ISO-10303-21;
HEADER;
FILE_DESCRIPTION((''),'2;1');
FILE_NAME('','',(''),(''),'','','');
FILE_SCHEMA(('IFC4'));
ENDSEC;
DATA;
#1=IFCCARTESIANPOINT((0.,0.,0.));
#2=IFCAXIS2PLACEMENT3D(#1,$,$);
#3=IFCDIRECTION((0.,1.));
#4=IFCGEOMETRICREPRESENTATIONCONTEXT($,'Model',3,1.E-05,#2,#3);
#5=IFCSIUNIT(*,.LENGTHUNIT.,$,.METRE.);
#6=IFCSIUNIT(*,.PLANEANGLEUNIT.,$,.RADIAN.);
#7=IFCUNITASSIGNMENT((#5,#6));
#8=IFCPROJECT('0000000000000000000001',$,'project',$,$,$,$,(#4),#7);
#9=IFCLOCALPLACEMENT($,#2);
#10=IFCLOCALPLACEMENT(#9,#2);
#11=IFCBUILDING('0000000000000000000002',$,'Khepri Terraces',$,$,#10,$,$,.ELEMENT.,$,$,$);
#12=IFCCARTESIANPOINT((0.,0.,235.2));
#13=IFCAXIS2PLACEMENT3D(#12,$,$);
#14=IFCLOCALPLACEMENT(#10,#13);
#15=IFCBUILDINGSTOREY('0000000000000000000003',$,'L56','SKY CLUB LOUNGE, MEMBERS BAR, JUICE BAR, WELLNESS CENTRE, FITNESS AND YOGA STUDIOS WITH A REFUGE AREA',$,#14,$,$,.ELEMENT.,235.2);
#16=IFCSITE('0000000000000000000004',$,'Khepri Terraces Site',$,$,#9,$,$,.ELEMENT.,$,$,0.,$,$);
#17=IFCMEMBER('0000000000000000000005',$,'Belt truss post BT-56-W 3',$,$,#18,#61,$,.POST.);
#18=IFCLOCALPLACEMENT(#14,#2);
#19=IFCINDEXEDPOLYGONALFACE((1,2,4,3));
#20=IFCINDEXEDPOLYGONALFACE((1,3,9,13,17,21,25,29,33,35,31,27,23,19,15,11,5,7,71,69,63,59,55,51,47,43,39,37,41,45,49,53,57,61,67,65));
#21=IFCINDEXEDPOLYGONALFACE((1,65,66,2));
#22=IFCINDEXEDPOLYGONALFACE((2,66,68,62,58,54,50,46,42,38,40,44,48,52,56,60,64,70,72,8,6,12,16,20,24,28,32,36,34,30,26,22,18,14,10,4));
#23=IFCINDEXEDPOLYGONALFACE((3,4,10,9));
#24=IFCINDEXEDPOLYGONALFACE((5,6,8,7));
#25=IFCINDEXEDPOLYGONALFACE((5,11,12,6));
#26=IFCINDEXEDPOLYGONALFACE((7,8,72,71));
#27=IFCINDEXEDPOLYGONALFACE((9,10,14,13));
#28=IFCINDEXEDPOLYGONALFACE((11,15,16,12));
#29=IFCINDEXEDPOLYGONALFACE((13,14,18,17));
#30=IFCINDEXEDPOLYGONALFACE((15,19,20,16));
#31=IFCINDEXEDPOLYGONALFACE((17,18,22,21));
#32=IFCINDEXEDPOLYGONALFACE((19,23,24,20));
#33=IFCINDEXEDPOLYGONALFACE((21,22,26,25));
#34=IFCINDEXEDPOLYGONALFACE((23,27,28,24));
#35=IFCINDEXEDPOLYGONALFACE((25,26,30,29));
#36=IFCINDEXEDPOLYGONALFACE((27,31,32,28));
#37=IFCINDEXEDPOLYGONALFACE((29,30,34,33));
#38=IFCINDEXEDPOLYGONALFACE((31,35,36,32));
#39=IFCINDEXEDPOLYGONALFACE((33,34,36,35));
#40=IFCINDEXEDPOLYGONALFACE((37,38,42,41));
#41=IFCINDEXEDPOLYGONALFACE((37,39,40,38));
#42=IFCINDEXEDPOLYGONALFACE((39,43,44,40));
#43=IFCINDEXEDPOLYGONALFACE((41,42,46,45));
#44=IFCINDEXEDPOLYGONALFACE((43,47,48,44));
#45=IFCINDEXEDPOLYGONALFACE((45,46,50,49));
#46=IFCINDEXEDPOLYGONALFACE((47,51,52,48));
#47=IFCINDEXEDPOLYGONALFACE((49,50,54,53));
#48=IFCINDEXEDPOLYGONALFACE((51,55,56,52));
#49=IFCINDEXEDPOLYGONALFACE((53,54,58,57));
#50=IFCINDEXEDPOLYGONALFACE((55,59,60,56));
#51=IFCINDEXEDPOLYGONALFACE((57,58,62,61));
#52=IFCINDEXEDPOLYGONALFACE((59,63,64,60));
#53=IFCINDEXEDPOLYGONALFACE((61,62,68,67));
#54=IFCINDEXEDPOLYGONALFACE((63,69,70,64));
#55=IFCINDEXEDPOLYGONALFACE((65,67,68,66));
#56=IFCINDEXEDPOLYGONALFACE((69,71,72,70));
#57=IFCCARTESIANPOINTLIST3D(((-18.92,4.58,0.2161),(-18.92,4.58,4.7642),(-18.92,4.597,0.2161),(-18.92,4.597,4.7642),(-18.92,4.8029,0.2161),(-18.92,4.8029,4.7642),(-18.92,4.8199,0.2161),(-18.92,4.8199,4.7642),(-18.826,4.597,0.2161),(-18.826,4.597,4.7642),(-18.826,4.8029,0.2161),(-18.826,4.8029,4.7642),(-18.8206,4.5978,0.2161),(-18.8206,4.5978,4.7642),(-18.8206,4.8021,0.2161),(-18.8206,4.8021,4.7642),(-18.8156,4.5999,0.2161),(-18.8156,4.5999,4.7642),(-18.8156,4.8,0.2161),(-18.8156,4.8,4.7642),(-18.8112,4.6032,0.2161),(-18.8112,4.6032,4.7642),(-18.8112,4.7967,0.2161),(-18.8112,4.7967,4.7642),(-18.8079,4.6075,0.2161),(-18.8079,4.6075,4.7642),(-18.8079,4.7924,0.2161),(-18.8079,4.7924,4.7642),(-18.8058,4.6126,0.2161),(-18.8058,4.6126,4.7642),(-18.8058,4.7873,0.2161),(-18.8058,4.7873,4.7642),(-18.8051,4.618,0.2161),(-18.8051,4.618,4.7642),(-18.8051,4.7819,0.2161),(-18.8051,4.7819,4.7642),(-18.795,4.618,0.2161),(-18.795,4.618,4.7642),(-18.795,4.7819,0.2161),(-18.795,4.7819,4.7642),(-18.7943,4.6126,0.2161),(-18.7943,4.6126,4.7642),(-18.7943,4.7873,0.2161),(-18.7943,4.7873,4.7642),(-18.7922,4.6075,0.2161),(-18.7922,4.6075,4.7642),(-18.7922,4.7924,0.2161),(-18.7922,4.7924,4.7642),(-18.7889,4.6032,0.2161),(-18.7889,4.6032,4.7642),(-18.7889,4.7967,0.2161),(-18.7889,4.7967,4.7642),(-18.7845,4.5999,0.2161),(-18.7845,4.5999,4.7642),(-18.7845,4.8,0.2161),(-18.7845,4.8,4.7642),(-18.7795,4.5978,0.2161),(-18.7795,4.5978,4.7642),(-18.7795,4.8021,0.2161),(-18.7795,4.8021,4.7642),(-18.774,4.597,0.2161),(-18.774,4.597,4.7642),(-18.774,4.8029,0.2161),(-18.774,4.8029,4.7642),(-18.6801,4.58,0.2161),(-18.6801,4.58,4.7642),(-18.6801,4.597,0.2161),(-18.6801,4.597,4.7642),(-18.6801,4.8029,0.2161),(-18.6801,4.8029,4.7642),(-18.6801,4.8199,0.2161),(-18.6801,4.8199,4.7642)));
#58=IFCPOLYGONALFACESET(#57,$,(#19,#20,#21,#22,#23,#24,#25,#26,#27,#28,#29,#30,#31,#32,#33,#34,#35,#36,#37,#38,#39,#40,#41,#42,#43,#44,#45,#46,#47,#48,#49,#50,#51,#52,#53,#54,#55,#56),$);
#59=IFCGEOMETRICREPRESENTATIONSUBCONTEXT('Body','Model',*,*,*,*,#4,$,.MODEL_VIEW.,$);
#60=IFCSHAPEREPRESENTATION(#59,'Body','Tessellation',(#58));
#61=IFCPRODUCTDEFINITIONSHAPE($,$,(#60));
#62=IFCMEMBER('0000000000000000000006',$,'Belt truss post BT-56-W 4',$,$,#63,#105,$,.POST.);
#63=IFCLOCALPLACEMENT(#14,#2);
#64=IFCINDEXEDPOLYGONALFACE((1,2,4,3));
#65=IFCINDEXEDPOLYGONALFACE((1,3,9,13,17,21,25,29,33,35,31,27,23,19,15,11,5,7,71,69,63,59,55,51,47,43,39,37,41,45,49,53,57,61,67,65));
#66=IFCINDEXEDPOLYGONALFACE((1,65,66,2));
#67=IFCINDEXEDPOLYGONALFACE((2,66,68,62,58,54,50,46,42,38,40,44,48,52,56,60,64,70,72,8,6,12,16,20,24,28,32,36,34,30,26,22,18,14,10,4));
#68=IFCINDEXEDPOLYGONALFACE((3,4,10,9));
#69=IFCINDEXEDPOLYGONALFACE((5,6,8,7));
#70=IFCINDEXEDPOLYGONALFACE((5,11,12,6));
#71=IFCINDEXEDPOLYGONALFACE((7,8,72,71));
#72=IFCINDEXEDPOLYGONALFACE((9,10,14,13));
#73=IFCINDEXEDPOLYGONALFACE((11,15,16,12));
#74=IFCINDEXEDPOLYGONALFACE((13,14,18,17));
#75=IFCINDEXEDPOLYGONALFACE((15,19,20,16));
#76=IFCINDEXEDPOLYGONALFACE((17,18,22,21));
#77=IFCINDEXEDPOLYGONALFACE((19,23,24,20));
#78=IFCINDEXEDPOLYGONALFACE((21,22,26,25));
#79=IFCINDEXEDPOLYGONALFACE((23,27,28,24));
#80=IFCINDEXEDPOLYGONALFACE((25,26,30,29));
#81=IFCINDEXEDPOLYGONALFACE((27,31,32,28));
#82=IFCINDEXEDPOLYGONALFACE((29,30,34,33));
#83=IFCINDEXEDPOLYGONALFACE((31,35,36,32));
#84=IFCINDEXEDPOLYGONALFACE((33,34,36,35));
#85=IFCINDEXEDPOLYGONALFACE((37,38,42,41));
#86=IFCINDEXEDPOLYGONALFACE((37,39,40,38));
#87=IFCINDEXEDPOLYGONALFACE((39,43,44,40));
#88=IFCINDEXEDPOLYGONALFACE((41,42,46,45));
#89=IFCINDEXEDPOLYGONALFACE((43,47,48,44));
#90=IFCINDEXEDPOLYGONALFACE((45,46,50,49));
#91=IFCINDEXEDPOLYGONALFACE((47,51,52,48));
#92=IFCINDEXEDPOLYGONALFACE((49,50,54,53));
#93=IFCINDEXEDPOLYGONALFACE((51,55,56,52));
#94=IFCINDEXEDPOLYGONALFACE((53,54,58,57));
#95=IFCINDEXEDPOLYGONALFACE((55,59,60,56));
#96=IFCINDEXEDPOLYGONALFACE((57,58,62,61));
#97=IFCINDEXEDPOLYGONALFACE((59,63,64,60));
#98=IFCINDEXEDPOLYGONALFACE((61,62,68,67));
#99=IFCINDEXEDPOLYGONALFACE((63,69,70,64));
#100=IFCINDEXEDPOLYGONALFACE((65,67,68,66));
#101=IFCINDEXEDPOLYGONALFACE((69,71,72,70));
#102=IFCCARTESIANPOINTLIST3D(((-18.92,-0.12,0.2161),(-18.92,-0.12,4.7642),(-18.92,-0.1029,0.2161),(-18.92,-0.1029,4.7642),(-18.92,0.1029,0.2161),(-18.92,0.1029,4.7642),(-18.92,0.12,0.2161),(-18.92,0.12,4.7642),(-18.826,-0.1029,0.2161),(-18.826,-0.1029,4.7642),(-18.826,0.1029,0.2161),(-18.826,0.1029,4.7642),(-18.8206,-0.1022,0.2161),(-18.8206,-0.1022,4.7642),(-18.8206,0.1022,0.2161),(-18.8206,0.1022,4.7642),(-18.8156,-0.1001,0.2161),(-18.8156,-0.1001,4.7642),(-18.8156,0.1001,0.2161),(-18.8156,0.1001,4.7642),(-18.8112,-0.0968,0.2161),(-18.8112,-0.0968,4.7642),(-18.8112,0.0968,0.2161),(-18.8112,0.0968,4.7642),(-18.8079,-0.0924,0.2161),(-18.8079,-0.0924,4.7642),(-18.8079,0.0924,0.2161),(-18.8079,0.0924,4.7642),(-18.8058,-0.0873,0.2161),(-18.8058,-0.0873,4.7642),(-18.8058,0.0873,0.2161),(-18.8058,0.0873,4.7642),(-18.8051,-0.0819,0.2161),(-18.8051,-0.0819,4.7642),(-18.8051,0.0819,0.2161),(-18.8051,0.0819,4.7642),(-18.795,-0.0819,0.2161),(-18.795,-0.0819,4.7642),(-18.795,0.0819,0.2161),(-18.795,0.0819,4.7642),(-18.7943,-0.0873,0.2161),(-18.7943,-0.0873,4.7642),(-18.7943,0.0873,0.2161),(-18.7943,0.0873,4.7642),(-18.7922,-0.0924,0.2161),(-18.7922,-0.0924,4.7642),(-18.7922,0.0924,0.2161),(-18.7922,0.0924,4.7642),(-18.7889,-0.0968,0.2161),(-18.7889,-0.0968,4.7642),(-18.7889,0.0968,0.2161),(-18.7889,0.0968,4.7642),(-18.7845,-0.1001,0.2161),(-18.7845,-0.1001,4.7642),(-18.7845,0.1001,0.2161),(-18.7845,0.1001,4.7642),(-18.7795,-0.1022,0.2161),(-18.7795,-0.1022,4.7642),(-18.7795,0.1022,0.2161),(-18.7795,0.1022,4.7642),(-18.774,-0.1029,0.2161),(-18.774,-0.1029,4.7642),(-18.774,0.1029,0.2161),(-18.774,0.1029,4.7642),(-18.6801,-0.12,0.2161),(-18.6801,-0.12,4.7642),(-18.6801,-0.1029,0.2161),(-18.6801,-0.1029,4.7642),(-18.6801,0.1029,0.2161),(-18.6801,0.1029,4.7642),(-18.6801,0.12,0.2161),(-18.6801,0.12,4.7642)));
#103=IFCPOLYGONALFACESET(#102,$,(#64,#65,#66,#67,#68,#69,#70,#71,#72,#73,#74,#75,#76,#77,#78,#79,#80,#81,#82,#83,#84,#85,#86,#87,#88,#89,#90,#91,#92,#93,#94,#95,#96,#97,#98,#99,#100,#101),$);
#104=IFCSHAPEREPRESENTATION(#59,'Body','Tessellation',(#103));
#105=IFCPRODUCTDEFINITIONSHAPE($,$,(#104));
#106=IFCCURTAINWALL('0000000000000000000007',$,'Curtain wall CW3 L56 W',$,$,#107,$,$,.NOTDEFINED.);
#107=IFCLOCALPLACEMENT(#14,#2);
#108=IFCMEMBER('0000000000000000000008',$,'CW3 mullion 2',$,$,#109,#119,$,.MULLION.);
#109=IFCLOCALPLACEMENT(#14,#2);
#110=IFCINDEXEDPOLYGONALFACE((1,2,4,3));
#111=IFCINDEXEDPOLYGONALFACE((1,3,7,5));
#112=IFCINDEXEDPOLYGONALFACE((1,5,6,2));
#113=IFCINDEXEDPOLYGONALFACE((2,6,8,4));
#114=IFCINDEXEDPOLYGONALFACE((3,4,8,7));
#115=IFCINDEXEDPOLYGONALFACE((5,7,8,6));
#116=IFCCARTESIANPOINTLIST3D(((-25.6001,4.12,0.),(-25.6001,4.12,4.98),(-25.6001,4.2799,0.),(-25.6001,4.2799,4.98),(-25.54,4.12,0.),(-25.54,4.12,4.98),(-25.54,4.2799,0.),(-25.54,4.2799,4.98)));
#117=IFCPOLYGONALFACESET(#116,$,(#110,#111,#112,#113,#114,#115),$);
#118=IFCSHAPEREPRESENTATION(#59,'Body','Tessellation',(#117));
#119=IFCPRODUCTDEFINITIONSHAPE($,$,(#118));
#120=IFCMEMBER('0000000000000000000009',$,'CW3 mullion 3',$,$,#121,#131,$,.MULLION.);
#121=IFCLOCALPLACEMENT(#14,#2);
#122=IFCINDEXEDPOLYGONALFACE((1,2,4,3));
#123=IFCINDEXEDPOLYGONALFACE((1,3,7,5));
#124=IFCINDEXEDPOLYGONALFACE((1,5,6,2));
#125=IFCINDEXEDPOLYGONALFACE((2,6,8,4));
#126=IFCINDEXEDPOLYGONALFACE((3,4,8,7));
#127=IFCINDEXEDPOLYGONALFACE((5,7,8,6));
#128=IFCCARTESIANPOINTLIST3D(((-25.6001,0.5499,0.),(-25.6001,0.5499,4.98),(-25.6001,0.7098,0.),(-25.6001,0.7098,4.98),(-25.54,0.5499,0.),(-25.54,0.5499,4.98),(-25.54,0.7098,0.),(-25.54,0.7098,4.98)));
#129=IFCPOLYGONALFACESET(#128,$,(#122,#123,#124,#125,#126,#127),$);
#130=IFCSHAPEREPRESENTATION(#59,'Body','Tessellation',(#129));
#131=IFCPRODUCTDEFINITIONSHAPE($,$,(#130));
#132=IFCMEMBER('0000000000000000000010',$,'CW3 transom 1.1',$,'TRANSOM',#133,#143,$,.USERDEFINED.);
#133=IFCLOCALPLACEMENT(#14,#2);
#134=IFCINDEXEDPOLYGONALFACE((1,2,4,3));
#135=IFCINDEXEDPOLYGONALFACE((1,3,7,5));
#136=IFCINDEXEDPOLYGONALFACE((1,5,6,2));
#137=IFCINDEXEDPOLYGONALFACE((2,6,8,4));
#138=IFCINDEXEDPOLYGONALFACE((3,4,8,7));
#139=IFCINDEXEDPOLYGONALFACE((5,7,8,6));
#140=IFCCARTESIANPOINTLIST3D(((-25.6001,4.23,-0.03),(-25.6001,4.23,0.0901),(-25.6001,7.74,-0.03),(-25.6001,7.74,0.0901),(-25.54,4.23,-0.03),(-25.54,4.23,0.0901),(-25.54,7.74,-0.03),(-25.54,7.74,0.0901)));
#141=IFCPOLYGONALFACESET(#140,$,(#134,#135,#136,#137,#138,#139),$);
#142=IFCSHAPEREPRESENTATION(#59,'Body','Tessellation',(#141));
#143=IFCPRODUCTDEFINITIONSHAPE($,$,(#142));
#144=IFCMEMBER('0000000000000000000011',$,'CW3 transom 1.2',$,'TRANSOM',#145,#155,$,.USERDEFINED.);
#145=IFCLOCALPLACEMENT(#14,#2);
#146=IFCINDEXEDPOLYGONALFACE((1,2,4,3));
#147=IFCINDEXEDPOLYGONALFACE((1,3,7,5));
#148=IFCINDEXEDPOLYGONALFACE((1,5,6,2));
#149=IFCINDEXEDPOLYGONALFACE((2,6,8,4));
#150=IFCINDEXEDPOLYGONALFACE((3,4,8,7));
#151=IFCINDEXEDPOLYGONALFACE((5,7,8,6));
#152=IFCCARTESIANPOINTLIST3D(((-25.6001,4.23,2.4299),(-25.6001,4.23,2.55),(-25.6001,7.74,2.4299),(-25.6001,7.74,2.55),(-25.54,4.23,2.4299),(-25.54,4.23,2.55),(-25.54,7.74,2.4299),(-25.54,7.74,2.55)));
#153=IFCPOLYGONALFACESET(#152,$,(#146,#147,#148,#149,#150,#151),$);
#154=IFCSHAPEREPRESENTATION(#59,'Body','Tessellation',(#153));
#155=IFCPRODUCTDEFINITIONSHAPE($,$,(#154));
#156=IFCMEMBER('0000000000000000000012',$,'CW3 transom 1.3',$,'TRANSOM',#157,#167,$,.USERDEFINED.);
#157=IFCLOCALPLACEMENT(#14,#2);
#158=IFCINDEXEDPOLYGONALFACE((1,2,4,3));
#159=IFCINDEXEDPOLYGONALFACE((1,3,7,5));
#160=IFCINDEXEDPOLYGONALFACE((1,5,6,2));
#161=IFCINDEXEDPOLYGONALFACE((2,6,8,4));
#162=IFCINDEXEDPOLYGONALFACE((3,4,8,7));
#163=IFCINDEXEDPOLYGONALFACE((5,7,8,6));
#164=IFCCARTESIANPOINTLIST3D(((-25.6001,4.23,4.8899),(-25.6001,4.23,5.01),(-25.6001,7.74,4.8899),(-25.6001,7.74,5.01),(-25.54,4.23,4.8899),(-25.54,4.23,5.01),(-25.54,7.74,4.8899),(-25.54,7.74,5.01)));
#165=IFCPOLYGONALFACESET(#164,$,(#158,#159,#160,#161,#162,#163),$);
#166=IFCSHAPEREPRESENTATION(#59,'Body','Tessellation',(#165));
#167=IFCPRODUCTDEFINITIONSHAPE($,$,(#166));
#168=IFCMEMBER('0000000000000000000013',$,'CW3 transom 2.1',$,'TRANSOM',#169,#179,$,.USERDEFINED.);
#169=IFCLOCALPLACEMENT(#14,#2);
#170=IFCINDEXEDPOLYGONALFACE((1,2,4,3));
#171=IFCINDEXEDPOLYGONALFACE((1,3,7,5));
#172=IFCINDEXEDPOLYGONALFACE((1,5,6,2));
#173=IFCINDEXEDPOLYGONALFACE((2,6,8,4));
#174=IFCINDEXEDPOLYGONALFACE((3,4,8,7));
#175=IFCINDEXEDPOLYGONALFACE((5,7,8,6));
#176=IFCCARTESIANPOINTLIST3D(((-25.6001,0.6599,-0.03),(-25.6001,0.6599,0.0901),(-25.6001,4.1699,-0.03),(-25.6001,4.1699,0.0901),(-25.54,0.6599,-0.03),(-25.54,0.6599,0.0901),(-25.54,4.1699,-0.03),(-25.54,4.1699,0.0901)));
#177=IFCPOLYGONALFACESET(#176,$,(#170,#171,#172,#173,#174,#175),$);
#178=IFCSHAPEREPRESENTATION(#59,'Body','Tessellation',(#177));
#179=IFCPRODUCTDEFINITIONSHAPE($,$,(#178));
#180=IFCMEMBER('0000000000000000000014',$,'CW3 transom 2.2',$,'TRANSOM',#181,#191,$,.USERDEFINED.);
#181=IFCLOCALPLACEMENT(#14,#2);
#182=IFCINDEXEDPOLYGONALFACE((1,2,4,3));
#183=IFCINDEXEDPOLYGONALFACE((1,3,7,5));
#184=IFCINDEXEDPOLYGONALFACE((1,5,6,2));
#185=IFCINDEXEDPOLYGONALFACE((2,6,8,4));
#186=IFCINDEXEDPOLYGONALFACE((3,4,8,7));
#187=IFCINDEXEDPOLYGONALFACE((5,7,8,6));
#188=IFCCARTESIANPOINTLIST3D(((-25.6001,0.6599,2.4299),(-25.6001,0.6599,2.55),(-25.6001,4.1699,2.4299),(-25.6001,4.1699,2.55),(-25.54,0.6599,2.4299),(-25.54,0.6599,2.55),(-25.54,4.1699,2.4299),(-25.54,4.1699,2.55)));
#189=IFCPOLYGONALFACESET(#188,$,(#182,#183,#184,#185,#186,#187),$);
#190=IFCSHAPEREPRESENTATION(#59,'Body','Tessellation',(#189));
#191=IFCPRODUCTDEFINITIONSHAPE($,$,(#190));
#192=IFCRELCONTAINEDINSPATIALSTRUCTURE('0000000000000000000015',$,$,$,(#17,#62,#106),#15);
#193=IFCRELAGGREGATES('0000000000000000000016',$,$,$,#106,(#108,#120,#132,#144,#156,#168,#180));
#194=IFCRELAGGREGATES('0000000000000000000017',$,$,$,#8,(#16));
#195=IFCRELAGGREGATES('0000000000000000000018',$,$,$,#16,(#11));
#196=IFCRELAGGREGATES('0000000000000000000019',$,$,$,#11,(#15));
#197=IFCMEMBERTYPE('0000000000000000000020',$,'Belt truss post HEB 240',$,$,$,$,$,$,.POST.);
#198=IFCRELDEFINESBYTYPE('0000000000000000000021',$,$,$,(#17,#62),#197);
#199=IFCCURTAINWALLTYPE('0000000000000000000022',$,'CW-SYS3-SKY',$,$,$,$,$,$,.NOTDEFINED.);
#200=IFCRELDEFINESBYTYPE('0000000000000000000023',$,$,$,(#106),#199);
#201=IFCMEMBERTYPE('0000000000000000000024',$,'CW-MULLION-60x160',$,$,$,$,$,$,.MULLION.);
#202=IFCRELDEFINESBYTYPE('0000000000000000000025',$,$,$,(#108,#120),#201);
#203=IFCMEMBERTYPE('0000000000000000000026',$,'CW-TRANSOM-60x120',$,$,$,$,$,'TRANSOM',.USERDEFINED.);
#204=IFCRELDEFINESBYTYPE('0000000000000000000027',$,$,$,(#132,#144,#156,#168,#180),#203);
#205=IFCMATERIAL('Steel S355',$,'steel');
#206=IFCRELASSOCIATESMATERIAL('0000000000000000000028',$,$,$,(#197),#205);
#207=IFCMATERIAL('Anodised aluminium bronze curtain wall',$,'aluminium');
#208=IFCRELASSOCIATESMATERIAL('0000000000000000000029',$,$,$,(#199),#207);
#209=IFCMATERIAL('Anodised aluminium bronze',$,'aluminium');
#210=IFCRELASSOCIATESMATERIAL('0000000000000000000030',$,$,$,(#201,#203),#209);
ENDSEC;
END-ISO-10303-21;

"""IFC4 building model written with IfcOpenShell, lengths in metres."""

from ifc_helpers import new_model, si_unit, direction, frame, origin, origin_2d, place, context, subcontext, project, spatial, rectangle, i_section, extrude, material, material_profile, profile_set, type_object, element, aggregate, save


model = new_model("IFC4")

# Units and contexts
model_context = context("Model", 3, precision=1e-05, world=origin(), true_north=direction((0.0, 1.0)))
body_context = subcontext(model_context, "Body", "Model", "MODEL_VIEW")
ifc_project = project(units=[si_unit("LENGTHUNIT", "METRE"), si_unit("PLANEANGLEUNIT", "RADIAN")], contexts=[model_context])

# Site, building, storey
site_placement = place(None, origin())
site = spatial("IfcSite", under=ifc_project, at=site_placement, Name="Khepri Terraces Site", CompositionType="ELEMENT", RefElevation=0.0)
building_placement = place(site_placement, origin())
building = spatial("IfcBuilding", under=site, at=building_placement, Name="Khepri Terraces", CompositionType="ELEMENT")
storey_placement = place(building_placement, frame((0.0, 0.0, 235.2)))
storey = spatial("IfcBuildingStorey", under=building, at=storey_placement, Name="L56", Description="SKY CLUB LOUNGE, MEMBERS BAR, JUICE BAR, WELLNESS CENTRE, FITNESS AND YOGA STUDIOS WITH A REFUGE AREA", CompositionType="ELEMENT", Elevation=235.2)

# Members
ifc_material_1 = material(Name="Steel S355", Category="steel")
ifc_material_profile_1 = material_profile(ifc_material_1, i_section(OverallWidth=0.24, OverallDepth=0.24, WebThickness=0.01, FlangeThickness=0.0171, FilletRadius=0.021, at=origin_2d()), Name="Steel S355", Category="steel")
ifc_profile_set_1 = profile_set([ifc_material_profile_1], Name="Steel S355")
member_type_1 = type_object("IfcMemberType", Name="Belt truss post HEB 240", PredefinedType="POST", material=ifc_profile_set_1)
for number, where, z_axis, x_axis, name in (
    (1, (-18.8, 4.7, 0.2161), (0.0, 0.0, 1.0), (1.0, 0.0, 0.0), "Belt truss post BT-56-W 3"),
    (2, (-18.8, 0.0, 0.2161), (0.0, 0.0, 1.0), (1.0, 0.0, 0.0), "Belt truss post BT-56-W 4"),
):
    element("IfcMember", number, at=place(storey_placement, frame(where, z_axis=z_axis, x_axis=x_axis)), inside=storey, type_object=member_type_1, Name=name, PredefinedType="POST", context=body_context, shape_type="SweptSolid", body=[
        extrude(i_section(OverallWidth=0.24, OverallDepth=0.24, WebThickness=0.01, FlangeThickness=0.0171, FilletRadius=0.021, at=origin_2d()), origin(), (0.0, 0.0, 1.0), 4.5481),
    ])

# Curtain wall, members
ifc_material_2 = material(Name="Anodised aluminium bronze curtain wall", Category="aluminium")
curtain_wall_type = type_object("IfcCurtainWallType", Name="CW-SYS3-SKY", PredefinedType="NOTDEFINED", material=ifc_material_2)
curtain_wall_placement = place(storey_placement, origin())
curtain_wall = element("IfcCurtainWall", 3, at=curtain_wall_placement, inside=storey, type_object=curtain_wall_type, Name="Curtain wall CW3 L56 W", PredefinedType="NOTDEFINED")
ifc_material_3 = material(Name="Anodised aluminium bronze", Category="aluminium")
ifc_material_profile_2 = material_profile(ifc_material_3, rectangle(XDim=0.0601, YDim=0.1599, at=origin_2d()), Name="Anodised aluminium bronze", Category="aluminium")
ifc_profile_set_2 = profile_set([ifc_material_profile_2], Name="Anodised aluminium bronze")
member_type_2 = type_object("IfcMemberType", Name="CW-MULLION-60x160", PredefinedType="MULLION", material=ifc_profile_set_2)
member_1_placement = place(storey_placement, frame((-25.5701, 4.2, 0.0), z_axis=(0.0, 0.0, 1.0), x_axis=(1.0, 0.0, 0.0)))
member_1 = element("IfcMember", 4, at=member_1_placement, type_object=member_type_2, Name="CW3 mullion 2", PredefinedType="MULLION", context=body_context, shape_type="SweptSolid", body=[
    extrude(rectangle(XDim=0.0601, YDim=0.1599, at=origin_2d()), origin(), (0.0, 0.0, 1.0), 4.98),
])
member_2_placement = place(storey_placement, frame((-25.5701, 0.6299, 0.0), z_axis=(0.0, 0.0, 1.0), x_axis=(1.0, 0.0, 0.0)))
member_2 = element("IfcMember", 5, at=member_2_placement, type_object=member_type_2, Name="CW3 mullion 3", PredefinedType="MULLION", context=body_context, shape_type="SweptSolid", body=[
    extrude(rectangle(XDim=0.0601, YDim=0.1599, at=origin_2d()), origin(), (0.0, 0.0, 1.0), 4.98),
])
ifc_material_profile_3 = material_profile(ifc_material_3, rectangle(XDim=0.0601, YDim=0.1201, at=origin_2d()), Name="Anodised aluminium bronze", Category="aluminium")
ifc_profile_set_3 = profile_set([ifc_material_profile_3], Name="Anodised aluminium bronze")
member_type_3 = type_object("IfcMemberType", Name="CW-TRANSOM-60x120", ElementType="TRANSOM", PredefinedType="USERDEFINED", material=ifc_profile_set_3)
member_3_placement = place(storey_placement, frame((-25.5701, 7.74, 0.03), z_axis=(0.0, -1.0, 0.0), x_axis=(1.0, 0.0, 0.0)))
member_3 = element("IfcMember", 6, at=member_3_placement, type_object=member_type_3, Name="CW3 transom 1.1", ObjectType="TRANSOM", PredefinedType="USERDEFINED", context=body_context, shape_type="SweptSolid", body=[
    extrude(rectangle(XDim=0.0601, YDim=0.1201, at=origin_2d()), origin(), (0.0, 0.0, 1.0), 3.51),
])
member_4_placement = place(storey_placement, frame((-25.5701, 7.74, 2.49), z_axis=(0.0, -1.0, 0.0), x_axis=(1.0, 0.0, 0.0)))
member_4 = element("IfcMember", 7, at=member_4_placement, type_object=member_type_3, Name="CW3 transom 1.2", ObjectType="TRANSOM", PredefinedType="USERDEFINED", context=body_context, shape_type="SweptSolid", body=[
    extrude(rectangle(XDim=0.0601, YDim=0.1201, at=origin_2d()), origin(), (0.0, 0.0, 1.0), 3.51),
])
member_5_placement = place(storey_placement, frame((-25.5701, 7.74, 4.95), z_axis=(0.0, -1.0, 0.0), x_axis=(1.0, 0.0, 0.0)))
member_5 = element("IfcMember", 8, at=member_5_placement, type_object=member_type_3, Name="CW3 transom 1.3", ObjectType="TRANSOM", PredefinedType="USERDEFINED", context=body_context, shape_type="SweptSolid", body=[
    extrude(rectangle(XDim=0.0601, YDim=0.1201, at=origin_2d()), origin(), (0.0, 0.0, 1.0), 3.51),
])
member_6_placement = place(storey_placement, frame((-25.5701, 4.1699, 0.03), z_axis=(0.0, -1.0, 0.0), x_axis=(1.0, 0.0, 0.0)))
member_6 = element("IfcMember", 9, at=member_6_placement, type_object=member_type_3, Name="CW3 transom 2.1", ObjectType="TRANSOM", PredefinedType="USERDEFINED", context=body_context, shape_type="SweptSolid", body=[
    extrude(rectangle(XDim=0.0601, YDim=0.1201, at=origin_2d()), origin(), (0.0, 0.0, 1.0), 3.51),
])
member_7_placement = place(storey_placement, frame((-25.5701, 4.1699, 2.49), z_axis=(0.0, -1.0, 0.0), x_axis=(1.0, 0.0, 0.0)))
member_7 = element("IfcMember", 10, at=member_7_placement, type_object=member_type_3, Name="CW3 transom 2.2", ObjectType="TRANSOM", PredefinedType="USERDEFINED", context=body_context, shape_type="SweptSolid", body=[
    extrude(rectangle(XDim=0.0601, YDim=0.1201, at=origin_2d()), origin(), (0.0, 0.0, 1.0), 3.51),
])
aggregate(curtain_wall, [member_1, member_2, member_3, member_4, member_5, member_6, member_7])

save(model, "model.ifc")
